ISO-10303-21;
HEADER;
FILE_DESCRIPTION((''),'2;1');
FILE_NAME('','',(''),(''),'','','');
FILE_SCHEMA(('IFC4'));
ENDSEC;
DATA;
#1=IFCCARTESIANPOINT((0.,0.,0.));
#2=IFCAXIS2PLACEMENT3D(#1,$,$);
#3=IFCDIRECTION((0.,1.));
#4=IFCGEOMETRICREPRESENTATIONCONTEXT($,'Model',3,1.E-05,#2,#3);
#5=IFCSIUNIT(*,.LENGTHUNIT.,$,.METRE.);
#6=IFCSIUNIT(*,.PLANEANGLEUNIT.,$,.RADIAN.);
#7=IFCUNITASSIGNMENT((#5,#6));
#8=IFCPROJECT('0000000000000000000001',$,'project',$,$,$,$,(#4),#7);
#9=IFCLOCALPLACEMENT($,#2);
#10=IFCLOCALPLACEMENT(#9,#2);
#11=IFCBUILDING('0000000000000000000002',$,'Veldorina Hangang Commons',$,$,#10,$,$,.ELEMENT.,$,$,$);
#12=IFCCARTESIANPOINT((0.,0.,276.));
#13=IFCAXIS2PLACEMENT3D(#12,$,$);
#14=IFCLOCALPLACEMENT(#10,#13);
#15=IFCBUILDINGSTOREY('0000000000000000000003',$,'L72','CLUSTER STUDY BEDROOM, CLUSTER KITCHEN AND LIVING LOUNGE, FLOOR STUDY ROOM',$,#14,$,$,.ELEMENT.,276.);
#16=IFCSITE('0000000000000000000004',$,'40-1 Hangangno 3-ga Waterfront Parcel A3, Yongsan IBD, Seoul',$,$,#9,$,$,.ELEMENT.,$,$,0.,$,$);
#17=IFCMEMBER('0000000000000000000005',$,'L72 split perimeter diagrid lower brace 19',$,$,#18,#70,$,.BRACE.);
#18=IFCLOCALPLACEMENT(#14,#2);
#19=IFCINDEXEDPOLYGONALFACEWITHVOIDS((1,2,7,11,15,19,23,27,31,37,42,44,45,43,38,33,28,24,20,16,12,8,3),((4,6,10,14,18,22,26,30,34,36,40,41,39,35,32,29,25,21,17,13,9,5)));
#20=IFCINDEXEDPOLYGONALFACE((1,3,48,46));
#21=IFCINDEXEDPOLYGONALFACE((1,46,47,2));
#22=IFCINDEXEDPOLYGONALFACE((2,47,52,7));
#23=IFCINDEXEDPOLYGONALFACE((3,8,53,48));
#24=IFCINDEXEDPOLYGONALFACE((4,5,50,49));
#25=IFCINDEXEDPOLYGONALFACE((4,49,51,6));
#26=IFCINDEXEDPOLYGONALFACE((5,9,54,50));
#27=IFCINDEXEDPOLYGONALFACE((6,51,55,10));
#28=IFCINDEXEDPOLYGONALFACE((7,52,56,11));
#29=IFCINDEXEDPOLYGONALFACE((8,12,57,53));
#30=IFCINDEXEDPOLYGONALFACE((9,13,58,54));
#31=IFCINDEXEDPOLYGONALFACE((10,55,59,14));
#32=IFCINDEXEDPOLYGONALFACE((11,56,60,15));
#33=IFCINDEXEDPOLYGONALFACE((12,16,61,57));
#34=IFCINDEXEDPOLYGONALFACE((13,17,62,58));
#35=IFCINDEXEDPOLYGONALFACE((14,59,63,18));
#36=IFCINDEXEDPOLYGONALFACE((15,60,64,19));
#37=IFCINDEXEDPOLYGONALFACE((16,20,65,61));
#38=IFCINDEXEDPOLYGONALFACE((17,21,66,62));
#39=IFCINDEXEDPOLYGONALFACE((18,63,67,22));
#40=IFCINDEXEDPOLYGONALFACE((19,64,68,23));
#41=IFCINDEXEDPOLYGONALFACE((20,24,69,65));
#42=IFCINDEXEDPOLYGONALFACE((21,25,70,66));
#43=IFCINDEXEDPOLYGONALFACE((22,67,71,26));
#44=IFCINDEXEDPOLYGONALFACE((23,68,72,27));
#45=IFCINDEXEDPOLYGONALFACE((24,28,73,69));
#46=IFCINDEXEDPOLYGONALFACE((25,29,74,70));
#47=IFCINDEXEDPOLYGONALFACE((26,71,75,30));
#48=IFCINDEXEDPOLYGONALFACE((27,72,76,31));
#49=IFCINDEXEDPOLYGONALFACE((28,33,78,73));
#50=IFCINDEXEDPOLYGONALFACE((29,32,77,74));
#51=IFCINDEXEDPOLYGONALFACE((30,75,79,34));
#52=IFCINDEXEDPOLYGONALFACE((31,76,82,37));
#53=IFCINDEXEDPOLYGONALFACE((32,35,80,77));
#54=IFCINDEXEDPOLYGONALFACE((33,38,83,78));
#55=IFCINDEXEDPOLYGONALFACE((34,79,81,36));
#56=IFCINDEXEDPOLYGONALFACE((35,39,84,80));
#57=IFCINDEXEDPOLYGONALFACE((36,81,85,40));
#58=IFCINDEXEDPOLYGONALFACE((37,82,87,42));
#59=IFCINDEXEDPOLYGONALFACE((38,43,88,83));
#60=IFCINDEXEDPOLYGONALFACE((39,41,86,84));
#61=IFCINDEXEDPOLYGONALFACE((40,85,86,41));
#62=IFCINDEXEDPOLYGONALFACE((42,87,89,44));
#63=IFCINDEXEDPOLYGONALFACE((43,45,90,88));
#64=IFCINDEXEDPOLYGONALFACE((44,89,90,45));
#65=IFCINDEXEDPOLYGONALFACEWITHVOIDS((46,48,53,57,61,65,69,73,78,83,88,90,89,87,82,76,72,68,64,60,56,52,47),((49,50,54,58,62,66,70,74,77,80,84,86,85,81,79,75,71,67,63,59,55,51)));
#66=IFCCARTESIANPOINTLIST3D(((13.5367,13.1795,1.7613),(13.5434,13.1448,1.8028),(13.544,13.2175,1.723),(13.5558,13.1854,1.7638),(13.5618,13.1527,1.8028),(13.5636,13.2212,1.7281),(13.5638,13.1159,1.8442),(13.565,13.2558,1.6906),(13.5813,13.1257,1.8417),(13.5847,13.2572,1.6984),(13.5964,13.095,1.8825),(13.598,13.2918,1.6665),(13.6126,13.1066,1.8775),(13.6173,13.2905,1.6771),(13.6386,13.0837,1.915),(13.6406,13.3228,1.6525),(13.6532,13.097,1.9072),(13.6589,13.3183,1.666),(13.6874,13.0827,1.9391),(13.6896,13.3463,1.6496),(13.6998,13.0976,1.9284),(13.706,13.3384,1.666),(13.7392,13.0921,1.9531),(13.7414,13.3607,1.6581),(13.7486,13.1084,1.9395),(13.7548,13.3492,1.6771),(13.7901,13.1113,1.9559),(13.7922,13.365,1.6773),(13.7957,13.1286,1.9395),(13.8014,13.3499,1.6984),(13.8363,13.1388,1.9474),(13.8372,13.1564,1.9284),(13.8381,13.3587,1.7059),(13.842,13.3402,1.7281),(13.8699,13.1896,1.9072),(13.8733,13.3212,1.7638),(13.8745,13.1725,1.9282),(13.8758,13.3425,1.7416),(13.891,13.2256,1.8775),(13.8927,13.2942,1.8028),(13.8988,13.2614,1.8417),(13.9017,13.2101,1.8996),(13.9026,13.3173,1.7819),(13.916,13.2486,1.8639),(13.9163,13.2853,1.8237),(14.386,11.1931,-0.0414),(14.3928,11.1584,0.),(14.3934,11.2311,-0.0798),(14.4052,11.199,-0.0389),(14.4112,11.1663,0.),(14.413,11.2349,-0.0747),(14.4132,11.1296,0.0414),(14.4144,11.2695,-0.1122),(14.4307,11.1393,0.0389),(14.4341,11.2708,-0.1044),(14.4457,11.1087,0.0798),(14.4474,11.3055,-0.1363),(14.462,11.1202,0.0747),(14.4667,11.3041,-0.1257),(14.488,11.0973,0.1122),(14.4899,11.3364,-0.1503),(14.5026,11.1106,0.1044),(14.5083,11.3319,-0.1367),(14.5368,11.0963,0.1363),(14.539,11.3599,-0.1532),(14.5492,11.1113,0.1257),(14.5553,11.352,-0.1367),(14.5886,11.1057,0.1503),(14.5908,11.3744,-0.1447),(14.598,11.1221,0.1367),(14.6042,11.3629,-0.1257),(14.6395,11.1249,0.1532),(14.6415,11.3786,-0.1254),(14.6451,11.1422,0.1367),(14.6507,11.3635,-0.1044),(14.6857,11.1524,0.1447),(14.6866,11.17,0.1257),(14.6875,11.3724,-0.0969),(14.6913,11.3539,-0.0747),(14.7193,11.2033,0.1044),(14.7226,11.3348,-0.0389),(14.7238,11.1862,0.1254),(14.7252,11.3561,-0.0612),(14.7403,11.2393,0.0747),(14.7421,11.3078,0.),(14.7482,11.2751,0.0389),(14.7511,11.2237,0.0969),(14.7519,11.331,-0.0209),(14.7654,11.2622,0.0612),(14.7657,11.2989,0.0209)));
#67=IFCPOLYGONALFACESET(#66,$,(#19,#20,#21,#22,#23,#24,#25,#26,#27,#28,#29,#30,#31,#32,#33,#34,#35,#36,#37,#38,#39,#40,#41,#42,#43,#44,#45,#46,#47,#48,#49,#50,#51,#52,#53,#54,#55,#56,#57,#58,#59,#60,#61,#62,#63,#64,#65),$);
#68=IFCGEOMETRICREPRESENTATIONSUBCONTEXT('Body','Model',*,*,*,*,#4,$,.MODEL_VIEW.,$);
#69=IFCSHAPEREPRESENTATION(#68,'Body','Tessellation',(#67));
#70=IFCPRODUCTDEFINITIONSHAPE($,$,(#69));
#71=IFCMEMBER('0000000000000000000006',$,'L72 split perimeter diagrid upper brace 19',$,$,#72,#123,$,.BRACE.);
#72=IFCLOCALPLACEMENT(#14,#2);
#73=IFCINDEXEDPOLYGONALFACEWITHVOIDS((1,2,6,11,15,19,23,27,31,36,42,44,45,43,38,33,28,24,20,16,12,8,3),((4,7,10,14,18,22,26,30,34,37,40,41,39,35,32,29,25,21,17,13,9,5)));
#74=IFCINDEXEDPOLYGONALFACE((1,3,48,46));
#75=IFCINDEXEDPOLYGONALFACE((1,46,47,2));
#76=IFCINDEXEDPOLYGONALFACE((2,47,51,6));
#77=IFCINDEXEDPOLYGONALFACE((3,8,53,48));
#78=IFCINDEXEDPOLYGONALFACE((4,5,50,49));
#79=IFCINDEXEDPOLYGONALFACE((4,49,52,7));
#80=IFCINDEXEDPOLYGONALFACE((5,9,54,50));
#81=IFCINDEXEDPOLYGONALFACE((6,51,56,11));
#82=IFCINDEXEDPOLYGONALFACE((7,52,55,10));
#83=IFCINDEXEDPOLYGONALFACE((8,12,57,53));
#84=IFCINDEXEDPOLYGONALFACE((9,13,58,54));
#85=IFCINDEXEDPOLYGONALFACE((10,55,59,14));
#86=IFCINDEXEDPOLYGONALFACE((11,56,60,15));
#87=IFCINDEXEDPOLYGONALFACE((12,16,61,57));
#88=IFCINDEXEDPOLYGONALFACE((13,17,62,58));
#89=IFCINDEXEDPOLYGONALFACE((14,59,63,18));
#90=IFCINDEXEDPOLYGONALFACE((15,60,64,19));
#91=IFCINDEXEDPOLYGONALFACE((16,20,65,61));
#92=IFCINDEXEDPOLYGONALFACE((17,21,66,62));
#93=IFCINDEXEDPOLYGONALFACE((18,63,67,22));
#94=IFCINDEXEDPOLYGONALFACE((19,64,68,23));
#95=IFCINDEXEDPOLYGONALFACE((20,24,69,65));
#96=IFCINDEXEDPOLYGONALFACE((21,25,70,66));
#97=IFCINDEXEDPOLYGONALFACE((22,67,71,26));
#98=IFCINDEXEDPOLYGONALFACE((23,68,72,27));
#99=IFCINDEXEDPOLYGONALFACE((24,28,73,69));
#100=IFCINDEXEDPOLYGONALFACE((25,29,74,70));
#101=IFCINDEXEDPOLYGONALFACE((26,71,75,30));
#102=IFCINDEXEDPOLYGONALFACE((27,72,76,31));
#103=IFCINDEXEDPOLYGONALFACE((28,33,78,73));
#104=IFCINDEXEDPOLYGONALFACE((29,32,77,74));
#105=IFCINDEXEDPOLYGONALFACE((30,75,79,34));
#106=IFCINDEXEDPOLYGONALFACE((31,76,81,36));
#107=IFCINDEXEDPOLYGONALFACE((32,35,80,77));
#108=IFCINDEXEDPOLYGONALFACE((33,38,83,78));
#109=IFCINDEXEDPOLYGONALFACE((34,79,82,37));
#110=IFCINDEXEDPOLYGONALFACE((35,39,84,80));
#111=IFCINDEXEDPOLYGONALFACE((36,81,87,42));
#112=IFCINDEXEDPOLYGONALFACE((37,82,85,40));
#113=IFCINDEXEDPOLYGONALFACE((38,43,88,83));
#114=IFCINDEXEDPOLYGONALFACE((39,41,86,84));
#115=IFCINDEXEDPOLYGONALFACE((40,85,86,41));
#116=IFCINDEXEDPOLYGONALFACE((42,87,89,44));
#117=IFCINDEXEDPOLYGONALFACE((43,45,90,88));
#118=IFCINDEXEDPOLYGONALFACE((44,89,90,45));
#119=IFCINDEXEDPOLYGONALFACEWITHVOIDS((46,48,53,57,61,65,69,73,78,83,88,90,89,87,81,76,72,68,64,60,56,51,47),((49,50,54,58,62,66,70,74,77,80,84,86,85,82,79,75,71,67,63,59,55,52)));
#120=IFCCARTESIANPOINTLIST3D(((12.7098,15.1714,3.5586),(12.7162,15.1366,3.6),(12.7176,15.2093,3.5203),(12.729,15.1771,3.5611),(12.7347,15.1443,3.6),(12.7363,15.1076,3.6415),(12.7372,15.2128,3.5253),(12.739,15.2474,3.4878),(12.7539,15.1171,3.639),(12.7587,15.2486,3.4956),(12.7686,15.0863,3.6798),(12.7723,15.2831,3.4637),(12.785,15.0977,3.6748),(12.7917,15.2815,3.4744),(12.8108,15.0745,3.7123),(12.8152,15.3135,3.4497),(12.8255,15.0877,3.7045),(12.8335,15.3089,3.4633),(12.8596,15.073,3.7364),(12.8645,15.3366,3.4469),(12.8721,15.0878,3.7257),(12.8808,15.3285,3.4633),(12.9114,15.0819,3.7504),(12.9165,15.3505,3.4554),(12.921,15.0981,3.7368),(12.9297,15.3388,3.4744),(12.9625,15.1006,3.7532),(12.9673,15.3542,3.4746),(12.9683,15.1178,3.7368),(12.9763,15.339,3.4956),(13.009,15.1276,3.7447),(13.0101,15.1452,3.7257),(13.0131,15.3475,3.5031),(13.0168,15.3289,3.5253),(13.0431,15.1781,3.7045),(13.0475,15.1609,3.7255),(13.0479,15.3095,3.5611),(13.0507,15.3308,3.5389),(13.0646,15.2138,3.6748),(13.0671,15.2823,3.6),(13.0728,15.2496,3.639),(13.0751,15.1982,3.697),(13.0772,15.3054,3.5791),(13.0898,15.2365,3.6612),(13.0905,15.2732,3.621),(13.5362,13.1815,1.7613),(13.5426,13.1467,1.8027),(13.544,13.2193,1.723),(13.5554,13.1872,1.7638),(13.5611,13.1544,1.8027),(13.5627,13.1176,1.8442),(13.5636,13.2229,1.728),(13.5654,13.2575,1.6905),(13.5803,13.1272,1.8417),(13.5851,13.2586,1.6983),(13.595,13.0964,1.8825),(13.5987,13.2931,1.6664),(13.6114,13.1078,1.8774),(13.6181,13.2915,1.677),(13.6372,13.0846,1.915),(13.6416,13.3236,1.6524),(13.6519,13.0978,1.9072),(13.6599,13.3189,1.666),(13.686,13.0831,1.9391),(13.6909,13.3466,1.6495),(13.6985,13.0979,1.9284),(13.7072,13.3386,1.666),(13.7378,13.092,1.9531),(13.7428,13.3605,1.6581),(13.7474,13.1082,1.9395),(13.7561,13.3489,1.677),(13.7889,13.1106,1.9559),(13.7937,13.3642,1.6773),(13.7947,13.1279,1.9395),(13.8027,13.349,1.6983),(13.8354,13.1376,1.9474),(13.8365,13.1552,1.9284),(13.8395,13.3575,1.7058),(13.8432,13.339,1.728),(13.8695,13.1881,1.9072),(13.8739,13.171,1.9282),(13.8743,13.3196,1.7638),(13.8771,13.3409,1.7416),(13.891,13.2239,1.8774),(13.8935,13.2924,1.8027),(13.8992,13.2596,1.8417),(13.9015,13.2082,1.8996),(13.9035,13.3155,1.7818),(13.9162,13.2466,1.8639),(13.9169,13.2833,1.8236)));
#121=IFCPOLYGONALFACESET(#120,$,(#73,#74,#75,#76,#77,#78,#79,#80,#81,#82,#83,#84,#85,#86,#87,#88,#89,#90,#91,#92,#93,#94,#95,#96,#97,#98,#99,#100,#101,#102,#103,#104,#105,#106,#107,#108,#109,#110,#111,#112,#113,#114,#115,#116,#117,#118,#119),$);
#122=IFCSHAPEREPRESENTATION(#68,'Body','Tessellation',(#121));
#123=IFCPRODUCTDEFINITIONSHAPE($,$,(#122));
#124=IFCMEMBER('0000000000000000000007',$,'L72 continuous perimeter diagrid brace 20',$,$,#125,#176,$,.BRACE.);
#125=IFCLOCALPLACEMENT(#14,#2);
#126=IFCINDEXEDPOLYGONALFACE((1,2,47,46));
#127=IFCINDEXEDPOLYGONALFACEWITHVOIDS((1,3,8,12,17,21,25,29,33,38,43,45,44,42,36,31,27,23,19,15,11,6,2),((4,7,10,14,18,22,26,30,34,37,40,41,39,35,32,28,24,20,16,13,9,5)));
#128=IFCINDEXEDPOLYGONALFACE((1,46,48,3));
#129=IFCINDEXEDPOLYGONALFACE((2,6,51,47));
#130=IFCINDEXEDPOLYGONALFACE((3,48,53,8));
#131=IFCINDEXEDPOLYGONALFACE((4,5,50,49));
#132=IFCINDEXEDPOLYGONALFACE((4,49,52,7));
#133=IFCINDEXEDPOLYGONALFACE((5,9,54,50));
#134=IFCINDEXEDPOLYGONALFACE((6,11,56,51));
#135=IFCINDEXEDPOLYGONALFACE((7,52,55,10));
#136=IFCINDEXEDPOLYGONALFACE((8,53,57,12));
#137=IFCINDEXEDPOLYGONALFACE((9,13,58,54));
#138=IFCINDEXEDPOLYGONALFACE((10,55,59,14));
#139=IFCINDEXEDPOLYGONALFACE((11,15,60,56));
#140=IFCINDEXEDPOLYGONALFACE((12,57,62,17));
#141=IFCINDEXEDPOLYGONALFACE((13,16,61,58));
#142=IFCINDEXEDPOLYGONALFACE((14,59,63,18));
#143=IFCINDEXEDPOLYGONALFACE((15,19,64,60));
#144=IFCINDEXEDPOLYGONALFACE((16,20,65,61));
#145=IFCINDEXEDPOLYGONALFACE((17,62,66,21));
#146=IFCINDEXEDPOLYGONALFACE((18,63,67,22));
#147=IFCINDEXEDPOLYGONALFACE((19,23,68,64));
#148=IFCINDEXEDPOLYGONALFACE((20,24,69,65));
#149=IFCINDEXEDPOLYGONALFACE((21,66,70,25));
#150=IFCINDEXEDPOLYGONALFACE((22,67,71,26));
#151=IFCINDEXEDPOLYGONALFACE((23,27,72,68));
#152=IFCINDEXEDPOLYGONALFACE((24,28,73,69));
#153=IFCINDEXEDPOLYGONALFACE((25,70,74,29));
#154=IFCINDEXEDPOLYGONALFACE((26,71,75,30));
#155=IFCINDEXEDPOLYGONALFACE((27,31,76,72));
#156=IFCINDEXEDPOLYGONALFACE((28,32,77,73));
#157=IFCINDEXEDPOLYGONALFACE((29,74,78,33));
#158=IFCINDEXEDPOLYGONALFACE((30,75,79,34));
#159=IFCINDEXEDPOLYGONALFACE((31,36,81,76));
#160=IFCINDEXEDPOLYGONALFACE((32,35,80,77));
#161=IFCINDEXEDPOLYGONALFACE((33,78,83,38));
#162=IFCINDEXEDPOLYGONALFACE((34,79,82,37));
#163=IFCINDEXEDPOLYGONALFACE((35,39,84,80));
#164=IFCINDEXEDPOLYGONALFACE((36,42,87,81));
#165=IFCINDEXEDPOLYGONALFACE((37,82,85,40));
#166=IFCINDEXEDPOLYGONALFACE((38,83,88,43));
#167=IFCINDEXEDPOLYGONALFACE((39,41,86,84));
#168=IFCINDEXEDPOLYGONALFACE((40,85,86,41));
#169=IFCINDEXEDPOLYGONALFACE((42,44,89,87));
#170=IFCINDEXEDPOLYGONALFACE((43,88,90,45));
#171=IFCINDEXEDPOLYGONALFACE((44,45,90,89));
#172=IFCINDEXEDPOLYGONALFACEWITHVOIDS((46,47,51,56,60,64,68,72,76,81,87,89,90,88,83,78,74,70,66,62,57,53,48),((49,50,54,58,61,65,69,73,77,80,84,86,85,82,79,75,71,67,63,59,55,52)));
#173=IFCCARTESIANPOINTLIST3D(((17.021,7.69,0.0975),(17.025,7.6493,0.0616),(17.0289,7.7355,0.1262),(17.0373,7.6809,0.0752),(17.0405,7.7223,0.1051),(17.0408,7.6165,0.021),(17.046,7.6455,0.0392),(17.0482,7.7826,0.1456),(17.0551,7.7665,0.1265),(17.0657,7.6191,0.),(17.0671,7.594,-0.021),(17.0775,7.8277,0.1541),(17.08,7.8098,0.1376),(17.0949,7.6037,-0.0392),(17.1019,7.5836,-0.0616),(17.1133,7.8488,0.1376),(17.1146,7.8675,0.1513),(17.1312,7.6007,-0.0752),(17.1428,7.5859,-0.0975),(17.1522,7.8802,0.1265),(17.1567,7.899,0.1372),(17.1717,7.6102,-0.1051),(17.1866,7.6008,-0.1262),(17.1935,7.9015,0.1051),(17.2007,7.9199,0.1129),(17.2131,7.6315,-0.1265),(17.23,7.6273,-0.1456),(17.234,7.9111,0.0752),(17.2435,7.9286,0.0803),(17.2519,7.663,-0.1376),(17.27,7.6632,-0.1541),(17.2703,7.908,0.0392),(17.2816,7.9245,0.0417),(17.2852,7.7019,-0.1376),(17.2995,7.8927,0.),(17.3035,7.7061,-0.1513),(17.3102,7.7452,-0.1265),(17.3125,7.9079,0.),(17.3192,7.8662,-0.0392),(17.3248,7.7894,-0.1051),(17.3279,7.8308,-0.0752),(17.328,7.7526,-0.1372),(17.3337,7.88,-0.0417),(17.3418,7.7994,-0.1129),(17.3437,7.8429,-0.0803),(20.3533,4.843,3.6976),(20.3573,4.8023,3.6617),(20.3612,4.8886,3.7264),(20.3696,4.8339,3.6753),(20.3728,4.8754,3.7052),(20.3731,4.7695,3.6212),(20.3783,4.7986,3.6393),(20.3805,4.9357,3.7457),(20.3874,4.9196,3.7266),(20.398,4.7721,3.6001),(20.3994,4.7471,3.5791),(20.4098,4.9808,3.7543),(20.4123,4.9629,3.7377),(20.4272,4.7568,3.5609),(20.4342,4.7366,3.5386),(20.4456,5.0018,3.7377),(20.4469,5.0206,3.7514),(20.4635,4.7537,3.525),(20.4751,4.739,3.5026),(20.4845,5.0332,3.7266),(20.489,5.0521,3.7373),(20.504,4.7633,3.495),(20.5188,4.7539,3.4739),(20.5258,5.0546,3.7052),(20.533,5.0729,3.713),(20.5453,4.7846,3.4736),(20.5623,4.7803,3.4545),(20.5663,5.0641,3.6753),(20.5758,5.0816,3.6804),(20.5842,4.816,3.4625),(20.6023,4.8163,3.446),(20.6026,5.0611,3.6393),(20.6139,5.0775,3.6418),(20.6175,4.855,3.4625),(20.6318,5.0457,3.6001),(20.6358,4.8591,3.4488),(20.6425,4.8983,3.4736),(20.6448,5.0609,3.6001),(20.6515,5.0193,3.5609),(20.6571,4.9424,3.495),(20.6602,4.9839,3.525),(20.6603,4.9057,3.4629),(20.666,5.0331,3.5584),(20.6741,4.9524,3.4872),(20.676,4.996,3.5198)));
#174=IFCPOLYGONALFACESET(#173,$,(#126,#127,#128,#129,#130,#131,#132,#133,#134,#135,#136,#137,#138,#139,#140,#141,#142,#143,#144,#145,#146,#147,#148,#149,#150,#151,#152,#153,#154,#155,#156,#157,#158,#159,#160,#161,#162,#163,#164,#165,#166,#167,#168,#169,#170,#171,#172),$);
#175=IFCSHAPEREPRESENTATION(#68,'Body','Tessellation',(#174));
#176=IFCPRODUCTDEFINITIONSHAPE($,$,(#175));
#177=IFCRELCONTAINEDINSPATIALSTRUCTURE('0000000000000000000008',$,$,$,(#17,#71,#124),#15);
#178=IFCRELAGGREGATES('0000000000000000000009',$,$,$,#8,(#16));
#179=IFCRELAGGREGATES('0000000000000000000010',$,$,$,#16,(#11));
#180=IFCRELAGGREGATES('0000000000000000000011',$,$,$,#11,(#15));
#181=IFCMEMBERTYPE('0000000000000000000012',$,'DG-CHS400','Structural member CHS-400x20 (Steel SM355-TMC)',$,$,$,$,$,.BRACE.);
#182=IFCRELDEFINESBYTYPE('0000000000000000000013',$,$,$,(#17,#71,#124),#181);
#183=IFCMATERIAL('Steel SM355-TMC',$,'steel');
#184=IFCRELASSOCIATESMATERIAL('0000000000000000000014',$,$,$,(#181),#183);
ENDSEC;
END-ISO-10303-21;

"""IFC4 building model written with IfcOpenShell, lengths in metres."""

from ifc_helpers import new_model, si_unit, direction, frame, origin, origin_2d, place, context, subcontext, project, spatial, hollow_circle, extrude, material, material_profile, profile_set, type_object, element, save


model = new_model("IFC4")

# Units and contexts
model_context = context("Model", 3, precision=1e-05, world=origin(), true_north=direction((0.0, 1.0)))
body_context = subcontext(model_context, "Body", "Model", "MODEL_VIEW")
ifc_project = project(units=[si_unit("LENGTHUNIT", "METRE"), si_unit("PLANEANGLEUNIT", "RADIAN")], contexts=[model_context])

# Site, building, storey
site_placement = place(None, origin())
site = spatial("IfcSite", under=ifc_project, at=site_placement, Name="40-1 Hangangno 3-ga Waterfront Parcel A3, Yongsan IBD, Seoul", CompositionType="ELEMENT", RefElevation=0.0)
building_placement = place(site_placement, origin())
building = spatial("IfcBuilding", under=site, at=building_placement, Name="Veldorina Hangang Commons", CompositionType="ELEMENT")
storey_placement = place(building_placement, frame((0.0, 0.0, 276.0)))
storey = spatial("IfcBuildingStorey", under=building, at=storey_placement, Name="L72", Description="CLUSTER STUDY BEDROOM, CLUSTER KITCHEN AND LIVING LOUNGE, FLOOR STUDY ROOM", CompositionType="ELEMENT", Elevation=276.0)

# Shared definitions
ifc_material_1 = material(Name="Steel SM355-TMC", Category="steel")

# Members
ifc_material_profile_1 = material_profile(ifc_material_1, hollow_circle(Radius=0.2, WallThickness=0.02, at=origin_2d()), Name="CHS-400x20")
ifc_profile_set_1 = profile_set([ifc_material_profile_1], Name="Steel SM355-TMC")
member_type_1 = type_object("IfcMemberType", Name="DG-CHS400", Description="Structural member CHS-400x20 (Steel SM355-TMC)", PredefinedType="BRACE", material=ifc_profile_set_1)
member_1_placement = place(storey_placement, frame((14.5767, 11.2371, 0.0), z_axis=(-0.30187, 0.705955, 0.640704), x_axis=(-0.919466, -0.393169, 0.0)))
element("IfcMember", 1, at=member_1_placement, inside=storey, type_object=member_type_1, Name="L72 split perimeter diagrid lower brace 19", PredefinedType="BRACE", context=body_context, shape_type="SweptSolid", body=[
    extrude(hollow_circle(Radius=0.2, WallThickness=0.02, at=origin_2d()), origin(), (0.0, 0.0, 1.0), 2.8137),
])
member_2_placement = place(storey_placement, frame((13.7273, 13.2234, 1.8027), z_axis=(-0.294519, 0.709195, 0.640547), x_axis=(-0.923529, -0.383529, 0.0)))
element("IfcMember", 2, at=member_2_placement, inside=storey, type_object=member_type_1, Name="L72 split perimeter diagrid upper brace 19", PredefinedType="BRACE", context=body_context, shape_type="SweptSolid", body=[
    extrude(hollow_circle(Radius=0.2, WallThickness=0.02, at=origin_2d()), origin(), (0.0, 0.0, 1.0), 2.8059),
])
member_3_placement = place(storey_placement, frame((17.1826, 7.7559, 0.0), z_axis=(0.587513, -0.50194, 0.634732), x_axis=(0.649566, 0.760305, 0.0)))
element("IfcMember", 3, at=member_3_placement, inside=storey, type_object=member_type_1, Name="L72 continuous perimeter diagrid brace 20", PredefinedType="BRACE", context=body_context, shape_type="SweptSolid", body=[
    extrude(hollow_circle(Radius=0.2, WallThickness=0.02, at=origin_2d()), origin(), (0.0, 0.0, 1.0), 5.6719),
])

save(model, "model.ifc")
